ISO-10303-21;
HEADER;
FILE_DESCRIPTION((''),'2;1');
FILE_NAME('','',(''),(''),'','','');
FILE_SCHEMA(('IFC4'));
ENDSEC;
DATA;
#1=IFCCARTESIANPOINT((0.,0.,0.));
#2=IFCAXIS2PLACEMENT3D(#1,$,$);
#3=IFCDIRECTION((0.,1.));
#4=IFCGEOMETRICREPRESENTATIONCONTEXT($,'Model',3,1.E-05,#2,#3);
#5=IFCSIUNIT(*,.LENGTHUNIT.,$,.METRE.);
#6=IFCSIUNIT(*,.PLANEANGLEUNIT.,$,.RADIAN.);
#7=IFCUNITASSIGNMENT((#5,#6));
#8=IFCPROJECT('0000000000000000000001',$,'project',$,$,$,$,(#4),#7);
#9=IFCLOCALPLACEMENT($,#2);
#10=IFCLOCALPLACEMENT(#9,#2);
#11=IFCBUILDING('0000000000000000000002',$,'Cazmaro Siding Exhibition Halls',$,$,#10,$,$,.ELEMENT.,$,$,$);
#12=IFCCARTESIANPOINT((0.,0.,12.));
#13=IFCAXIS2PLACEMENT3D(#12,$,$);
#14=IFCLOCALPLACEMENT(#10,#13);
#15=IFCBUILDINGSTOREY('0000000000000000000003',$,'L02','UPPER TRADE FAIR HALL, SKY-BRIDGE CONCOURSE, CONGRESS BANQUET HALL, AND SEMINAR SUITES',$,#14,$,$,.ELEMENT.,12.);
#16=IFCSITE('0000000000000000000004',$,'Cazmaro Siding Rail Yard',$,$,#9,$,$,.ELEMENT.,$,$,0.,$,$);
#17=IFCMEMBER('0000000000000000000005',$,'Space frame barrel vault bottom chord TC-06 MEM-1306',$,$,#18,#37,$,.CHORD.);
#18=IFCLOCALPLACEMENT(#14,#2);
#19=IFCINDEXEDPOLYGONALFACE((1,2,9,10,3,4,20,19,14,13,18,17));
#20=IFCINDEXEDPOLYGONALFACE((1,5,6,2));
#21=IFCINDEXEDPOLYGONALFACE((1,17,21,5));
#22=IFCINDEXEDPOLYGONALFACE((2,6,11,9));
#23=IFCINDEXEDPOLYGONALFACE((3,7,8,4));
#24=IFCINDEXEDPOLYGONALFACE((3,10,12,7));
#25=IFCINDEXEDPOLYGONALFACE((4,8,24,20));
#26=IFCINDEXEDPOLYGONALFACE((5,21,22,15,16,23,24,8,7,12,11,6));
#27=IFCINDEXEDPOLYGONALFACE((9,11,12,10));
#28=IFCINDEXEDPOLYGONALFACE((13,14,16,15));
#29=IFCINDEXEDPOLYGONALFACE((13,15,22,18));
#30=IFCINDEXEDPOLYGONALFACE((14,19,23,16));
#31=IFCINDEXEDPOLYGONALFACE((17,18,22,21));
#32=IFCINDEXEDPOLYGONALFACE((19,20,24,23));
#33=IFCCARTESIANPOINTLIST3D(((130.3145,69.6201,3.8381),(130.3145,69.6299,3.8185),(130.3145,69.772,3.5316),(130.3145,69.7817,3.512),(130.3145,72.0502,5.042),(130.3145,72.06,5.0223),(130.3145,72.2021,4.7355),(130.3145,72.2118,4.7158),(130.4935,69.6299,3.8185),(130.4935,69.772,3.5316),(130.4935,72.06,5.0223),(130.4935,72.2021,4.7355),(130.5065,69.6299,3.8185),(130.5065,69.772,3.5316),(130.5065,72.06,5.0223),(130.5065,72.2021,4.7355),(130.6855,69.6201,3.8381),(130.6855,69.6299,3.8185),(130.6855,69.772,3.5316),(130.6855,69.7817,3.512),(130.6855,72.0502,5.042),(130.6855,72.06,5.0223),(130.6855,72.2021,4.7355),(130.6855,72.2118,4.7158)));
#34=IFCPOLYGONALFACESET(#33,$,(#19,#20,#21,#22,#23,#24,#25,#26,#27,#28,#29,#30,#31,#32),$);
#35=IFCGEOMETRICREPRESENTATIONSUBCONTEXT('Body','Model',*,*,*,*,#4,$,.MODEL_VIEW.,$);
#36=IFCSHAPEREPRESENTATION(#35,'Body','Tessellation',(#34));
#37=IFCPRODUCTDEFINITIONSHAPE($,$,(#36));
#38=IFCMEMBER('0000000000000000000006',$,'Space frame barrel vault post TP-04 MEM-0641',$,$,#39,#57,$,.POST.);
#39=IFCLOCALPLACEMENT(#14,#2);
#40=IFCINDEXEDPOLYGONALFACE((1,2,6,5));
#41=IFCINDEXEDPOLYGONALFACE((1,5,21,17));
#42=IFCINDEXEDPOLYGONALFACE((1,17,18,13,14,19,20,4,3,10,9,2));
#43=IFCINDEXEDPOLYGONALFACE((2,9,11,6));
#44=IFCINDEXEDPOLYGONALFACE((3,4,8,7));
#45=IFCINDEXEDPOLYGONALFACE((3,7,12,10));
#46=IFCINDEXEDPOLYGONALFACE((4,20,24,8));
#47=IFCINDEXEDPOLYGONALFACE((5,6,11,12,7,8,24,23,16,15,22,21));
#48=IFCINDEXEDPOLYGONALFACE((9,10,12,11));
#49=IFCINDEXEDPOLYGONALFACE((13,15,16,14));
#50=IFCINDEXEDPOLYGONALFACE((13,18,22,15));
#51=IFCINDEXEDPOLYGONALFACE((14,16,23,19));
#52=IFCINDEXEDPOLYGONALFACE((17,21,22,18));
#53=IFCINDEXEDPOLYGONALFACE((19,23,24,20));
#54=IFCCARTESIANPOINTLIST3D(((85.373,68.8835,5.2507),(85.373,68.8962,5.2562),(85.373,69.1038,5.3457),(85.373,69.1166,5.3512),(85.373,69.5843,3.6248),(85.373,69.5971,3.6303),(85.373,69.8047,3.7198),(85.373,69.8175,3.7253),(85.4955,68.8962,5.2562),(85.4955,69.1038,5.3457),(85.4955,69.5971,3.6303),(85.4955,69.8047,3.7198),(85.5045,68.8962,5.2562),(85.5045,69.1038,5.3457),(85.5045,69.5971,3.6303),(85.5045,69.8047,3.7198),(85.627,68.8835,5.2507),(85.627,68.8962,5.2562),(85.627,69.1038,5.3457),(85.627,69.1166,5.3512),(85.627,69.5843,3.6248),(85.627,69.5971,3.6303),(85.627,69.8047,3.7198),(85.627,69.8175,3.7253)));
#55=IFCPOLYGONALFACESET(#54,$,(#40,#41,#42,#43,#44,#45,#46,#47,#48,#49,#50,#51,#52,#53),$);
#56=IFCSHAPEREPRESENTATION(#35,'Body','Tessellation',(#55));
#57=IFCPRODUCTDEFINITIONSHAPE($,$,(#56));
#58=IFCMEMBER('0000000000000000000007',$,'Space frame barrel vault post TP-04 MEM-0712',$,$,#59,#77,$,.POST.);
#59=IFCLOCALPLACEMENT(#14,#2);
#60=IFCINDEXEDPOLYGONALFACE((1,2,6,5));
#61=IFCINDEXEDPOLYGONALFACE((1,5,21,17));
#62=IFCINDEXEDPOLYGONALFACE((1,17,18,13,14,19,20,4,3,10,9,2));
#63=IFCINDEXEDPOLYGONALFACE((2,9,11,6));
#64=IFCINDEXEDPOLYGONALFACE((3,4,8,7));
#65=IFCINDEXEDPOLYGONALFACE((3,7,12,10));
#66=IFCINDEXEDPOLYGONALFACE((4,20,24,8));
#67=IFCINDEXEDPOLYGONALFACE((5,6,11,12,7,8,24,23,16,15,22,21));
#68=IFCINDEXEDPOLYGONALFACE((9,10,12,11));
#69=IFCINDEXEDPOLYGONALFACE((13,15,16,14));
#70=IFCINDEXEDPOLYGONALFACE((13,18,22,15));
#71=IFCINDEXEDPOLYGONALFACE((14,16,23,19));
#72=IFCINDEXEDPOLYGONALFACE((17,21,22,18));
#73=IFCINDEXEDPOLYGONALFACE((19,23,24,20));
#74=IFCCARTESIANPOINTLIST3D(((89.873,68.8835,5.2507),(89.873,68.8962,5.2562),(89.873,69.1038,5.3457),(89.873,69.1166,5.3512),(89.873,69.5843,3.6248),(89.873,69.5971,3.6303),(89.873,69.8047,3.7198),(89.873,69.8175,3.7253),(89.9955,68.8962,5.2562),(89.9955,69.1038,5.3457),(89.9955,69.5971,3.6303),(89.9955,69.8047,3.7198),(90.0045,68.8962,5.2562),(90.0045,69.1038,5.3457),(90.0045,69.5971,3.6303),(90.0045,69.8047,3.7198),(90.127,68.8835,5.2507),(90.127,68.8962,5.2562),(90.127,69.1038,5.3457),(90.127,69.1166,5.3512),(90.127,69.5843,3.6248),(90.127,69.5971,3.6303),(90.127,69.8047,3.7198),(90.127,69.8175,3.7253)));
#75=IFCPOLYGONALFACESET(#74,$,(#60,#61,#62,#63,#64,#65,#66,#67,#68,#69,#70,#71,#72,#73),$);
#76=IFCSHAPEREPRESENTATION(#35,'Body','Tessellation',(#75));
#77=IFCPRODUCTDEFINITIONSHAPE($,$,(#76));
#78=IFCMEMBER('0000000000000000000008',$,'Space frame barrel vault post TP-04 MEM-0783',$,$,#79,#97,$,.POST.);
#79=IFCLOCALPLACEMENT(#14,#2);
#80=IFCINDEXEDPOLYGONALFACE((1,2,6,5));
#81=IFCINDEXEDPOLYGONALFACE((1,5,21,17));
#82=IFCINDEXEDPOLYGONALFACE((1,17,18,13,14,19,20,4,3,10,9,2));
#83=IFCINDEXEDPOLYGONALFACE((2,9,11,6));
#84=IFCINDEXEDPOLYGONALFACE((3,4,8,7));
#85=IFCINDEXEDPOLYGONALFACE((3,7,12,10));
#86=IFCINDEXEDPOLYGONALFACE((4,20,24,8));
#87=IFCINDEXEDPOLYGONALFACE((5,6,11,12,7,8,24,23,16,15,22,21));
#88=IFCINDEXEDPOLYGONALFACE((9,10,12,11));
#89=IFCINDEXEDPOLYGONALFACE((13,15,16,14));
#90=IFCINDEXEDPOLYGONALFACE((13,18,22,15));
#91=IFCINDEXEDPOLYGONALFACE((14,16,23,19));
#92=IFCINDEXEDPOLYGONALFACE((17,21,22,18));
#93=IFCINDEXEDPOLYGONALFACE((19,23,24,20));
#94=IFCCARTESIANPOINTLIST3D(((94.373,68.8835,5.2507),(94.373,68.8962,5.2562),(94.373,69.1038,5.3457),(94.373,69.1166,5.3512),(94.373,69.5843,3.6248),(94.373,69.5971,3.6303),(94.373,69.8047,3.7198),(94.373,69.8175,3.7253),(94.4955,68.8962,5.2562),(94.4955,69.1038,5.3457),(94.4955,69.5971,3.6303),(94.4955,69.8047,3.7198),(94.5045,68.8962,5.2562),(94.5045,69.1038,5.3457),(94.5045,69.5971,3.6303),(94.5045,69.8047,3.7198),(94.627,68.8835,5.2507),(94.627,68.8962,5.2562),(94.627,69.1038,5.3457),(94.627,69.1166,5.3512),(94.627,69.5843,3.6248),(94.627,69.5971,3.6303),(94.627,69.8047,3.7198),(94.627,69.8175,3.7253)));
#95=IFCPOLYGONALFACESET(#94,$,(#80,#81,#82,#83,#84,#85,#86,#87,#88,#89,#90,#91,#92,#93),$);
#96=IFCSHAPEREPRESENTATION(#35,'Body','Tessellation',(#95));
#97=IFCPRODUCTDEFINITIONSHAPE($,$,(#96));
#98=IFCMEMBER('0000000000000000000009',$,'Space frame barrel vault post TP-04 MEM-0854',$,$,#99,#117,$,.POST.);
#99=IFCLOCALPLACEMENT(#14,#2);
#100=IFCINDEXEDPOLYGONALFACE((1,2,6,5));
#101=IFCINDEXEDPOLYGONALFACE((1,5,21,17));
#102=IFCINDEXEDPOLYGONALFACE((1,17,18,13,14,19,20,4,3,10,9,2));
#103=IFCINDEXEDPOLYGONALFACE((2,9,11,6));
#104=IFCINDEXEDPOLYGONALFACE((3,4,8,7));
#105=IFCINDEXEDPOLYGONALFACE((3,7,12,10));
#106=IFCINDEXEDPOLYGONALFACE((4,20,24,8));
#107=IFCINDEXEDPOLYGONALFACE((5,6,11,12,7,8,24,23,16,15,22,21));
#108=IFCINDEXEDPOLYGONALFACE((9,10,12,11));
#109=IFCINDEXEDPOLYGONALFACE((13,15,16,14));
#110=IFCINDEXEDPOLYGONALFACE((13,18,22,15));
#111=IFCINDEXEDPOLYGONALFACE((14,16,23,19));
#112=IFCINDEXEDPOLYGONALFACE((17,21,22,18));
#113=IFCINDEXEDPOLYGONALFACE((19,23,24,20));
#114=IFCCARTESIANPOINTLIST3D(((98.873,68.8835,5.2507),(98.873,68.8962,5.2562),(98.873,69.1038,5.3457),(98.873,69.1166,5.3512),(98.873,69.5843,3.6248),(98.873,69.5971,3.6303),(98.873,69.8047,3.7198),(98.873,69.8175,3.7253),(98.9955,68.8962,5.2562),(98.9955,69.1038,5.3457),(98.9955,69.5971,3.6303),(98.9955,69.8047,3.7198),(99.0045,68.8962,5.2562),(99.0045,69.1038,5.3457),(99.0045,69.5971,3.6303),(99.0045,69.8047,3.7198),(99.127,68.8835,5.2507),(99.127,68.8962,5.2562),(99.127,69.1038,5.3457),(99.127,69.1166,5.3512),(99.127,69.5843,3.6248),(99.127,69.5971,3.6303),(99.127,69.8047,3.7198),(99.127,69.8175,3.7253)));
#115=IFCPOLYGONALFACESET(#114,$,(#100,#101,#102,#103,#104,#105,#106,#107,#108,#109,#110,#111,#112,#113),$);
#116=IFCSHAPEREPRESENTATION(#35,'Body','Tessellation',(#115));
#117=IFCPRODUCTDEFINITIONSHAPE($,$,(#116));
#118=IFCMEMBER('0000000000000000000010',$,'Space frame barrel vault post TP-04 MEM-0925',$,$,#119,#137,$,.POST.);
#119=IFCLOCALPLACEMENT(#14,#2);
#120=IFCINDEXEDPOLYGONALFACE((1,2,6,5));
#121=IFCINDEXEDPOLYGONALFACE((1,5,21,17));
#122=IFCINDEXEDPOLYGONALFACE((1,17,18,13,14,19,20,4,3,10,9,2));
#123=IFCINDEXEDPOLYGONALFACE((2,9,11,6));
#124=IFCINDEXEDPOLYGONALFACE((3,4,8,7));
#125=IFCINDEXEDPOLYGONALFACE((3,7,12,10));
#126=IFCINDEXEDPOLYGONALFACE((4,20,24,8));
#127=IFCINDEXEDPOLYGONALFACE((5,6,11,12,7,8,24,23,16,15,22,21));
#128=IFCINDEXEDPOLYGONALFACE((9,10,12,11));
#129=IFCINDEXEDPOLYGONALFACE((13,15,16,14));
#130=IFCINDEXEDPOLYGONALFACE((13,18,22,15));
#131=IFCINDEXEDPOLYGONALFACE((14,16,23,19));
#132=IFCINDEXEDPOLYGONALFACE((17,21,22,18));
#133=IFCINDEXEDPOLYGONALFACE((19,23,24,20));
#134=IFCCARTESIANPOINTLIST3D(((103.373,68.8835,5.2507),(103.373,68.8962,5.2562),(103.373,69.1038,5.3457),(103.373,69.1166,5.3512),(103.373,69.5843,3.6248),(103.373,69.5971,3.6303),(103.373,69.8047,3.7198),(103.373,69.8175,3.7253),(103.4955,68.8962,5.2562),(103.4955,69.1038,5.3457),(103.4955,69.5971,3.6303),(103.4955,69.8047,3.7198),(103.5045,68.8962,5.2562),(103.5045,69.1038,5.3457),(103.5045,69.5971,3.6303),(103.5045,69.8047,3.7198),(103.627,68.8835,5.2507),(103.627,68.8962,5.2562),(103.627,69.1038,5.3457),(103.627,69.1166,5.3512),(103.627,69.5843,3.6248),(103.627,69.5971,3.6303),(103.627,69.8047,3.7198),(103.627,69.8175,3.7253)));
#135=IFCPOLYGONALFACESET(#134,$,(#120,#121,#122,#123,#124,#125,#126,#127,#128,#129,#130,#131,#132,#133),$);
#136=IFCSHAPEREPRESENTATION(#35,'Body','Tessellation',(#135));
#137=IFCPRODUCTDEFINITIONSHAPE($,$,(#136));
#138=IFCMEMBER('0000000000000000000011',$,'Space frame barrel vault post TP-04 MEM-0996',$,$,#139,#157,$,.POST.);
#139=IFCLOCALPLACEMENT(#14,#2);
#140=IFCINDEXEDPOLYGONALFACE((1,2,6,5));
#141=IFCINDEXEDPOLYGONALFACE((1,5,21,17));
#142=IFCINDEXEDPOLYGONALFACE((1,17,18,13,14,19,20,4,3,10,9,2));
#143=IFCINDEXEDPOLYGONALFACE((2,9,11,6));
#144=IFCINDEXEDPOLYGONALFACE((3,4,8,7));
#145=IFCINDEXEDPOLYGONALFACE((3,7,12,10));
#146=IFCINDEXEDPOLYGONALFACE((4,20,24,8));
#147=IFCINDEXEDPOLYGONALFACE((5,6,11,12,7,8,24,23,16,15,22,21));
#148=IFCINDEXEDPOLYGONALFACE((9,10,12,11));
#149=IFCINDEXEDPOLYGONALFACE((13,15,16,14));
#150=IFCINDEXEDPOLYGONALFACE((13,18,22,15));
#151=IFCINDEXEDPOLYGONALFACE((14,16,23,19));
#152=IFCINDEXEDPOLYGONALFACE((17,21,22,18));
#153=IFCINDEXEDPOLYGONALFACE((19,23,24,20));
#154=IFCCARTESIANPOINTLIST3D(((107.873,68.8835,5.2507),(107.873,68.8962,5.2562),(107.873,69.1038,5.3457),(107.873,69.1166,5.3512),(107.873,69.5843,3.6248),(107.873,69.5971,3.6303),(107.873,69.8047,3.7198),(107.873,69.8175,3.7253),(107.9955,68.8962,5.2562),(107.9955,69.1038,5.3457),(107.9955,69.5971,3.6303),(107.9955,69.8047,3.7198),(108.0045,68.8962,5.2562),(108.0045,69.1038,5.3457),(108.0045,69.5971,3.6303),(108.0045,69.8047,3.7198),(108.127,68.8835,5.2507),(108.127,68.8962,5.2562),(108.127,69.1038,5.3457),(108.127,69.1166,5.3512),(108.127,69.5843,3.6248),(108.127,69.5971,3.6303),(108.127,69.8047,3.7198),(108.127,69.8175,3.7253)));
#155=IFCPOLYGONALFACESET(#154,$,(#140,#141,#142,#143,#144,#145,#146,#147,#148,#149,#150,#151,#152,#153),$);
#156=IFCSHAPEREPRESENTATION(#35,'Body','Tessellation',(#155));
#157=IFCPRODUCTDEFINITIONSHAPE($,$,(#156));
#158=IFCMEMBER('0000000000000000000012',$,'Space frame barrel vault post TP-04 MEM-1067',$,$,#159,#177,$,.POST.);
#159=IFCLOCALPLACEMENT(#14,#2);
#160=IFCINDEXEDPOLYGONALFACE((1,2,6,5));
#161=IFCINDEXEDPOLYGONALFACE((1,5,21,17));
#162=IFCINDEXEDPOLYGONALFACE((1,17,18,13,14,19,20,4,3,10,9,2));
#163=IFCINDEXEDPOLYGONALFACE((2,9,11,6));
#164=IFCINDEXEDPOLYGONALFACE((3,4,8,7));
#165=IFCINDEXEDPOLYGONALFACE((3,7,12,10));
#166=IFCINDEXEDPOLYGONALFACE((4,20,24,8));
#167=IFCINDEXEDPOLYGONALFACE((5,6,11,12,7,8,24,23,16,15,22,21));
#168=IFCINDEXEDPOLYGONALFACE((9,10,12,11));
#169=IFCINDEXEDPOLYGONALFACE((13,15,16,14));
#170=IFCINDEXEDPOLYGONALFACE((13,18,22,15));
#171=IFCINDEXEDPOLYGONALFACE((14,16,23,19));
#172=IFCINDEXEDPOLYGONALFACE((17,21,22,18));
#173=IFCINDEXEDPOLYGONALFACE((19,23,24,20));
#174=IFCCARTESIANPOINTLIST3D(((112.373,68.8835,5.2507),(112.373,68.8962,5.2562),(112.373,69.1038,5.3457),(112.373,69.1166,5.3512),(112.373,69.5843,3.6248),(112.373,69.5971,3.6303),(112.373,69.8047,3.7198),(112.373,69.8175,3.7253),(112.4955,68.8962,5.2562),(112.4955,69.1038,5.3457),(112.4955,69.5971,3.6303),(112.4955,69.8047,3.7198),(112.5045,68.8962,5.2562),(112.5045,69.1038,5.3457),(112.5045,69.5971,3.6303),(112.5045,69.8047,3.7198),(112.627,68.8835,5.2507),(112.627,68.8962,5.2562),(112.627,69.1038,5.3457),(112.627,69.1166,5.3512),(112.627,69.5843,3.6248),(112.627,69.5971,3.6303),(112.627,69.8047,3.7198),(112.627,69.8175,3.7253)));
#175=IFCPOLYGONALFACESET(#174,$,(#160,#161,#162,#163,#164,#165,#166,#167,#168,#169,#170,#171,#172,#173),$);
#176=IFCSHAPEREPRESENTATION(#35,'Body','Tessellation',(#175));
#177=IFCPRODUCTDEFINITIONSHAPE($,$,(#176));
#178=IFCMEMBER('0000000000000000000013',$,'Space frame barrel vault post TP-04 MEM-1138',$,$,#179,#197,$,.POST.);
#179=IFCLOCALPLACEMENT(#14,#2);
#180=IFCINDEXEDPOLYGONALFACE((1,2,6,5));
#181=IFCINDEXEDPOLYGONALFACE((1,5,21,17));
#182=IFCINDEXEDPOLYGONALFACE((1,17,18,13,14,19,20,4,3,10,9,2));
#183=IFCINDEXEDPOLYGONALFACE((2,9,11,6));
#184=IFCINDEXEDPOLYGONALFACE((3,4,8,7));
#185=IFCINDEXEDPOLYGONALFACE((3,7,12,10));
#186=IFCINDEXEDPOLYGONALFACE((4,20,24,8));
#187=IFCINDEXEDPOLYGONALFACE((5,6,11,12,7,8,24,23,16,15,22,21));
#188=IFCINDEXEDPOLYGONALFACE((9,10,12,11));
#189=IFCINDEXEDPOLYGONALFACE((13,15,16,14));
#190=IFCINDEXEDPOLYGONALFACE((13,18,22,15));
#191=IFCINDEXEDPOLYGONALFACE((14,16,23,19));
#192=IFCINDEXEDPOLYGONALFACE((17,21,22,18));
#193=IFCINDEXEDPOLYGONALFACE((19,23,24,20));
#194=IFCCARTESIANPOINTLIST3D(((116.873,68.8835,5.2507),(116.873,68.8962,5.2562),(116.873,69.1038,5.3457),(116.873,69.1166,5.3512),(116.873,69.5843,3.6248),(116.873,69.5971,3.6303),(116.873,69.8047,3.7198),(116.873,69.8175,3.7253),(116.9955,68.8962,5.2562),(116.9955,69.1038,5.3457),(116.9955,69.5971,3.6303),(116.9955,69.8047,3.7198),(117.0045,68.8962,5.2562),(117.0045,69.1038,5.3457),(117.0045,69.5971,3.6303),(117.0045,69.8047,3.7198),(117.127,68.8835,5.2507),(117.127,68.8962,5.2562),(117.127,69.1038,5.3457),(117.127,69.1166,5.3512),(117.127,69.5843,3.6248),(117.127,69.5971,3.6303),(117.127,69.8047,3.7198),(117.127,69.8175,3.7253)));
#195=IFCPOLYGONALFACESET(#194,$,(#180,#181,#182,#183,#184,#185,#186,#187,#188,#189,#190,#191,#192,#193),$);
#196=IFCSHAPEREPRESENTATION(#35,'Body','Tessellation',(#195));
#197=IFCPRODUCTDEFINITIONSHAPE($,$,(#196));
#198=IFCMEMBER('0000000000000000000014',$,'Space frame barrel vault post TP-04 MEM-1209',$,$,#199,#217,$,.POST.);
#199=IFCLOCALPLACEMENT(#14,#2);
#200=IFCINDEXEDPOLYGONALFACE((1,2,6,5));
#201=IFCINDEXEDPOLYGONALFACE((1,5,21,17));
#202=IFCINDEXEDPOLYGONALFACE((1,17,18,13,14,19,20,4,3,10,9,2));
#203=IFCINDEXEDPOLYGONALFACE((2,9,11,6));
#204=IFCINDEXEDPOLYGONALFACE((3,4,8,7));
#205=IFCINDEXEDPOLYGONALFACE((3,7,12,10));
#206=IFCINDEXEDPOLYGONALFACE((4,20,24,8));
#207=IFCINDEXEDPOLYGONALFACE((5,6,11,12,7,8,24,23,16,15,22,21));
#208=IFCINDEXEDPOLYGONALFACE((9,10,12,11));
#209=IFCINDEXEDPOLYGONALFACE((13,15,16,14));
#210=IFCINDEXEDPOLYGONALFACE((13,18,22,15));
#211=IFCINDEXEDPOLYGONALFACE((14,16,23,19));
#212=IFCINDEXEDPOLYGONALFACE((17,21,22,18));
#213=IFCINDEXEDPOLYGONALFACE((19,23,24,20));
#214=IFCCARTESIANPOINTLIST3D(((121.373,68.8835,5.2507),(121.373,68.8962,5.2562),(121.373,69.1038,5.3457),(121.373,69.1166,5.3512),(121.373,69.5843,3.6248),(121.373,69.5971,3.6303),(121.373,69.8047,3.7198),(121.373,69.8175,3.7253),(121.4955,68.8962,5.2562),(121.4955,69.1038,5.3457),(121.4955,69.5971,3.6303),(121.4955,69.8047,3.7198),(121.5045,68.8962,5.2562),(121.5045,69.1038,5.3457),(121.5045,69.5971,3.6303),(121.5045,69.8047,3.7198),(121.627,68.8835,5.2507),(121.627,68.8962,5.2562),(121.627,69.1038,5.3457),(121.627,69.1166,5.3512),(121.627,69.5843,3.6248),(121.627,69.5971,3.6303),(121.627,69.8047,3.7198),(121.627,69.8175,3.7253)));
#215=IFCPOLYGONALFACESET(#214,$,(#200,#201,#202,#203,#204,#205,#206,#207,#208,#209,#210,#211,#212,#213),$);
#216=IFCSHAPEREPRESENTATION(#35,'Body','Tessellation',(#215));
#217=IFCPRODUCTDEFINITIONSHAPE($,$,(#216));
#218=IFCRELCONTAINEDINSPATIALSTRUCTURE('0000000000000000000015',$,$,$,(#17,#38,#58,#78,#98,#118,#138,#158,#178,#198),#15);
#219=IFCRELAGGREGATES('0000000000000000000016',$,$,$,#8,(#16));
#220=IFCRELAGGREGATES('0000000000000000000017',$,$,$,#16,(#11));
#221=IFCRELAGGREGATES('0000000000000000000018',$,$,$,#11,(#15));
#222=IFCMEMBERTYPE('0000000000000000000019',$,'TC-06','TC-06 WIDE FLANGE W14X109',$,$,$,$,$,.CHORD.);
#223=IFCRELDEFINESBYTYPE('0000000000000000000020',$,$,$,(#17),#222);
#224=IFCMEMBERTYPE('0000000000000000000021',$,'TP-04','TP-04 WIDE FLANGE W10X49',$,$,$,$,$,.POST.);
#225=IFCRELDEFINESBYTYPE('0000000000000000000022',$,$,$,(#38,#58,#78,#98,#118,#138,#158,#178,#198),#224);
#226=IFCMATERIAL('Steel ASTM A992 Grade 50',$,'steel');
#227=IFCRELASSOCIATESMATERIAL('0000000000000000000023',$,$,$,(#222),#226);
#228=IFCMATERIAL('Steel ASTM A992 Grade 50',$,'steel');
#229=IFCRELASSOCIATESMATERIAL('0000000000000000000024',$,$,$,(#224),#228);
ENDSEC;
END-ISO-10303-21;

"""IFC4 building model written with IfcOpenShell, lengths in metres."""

from ifc_helpers import new_model, si_unit, direction, frame, origin, origin_2d, place, context, subcontext, project, spatial, i_section, extrude, material, material_profile, profile_set, type_object, element, save


model = new_model("IFC4")

# Units and contexts
model_context = context("Model", 3, precision=1e-05, world=origin(), true_north=direction((0.0, 1.0)))
body_context = subcontext(model_context, "Body", "Model", "MODEL_VIEW")
ifc_project = project(units=[si_unit("LENGTHUNIT", "METRE"), si_unit("PLANEANGLEUNIT", "RADIAN")], contexts=[model_context])

# Site, building, storey
site_placement = place(None, origin())
site = spatial("IfcSite", under=ifc_project, at=site_placement, Name="Cazmaro Siding Rail Yard", CompositionType="ELEMENT", RefElevation=0.0)
building_placement = place(site_placement, origin())
building = spatial("IfcBuilding", under=site, at=building_placement, Name="Cazmaro Siding Exhibition Halls", CompositionType="ELEMENT")
storey_placement = place(building_placement, frame((0.0, 0.0, 12.0)))
storey = spatial("IfcBuildingStorey", under=building, at=storey_placement, Name="L02", Description="UPPER TRADE FAIR HALL, SKY-BRIDGE CONCOURSE, CONGRESS BANQUET HALL, AND SEMINAR SUITES", CompositionType="ELEMENT", Elevation=12.0)

# Members
ifc_material_1 = material(Name="Steel ASTM A992 Grade 50", Category="steel")
ifc_material_profile_1 = material_profile(ifc_material_1, i_section(OverallWidth=0.3711, OverallDepth=0.364, WebThickness=0.0129, FlangeThickness=0.022, at=origin_2d()), Name="W14X109")
ifc_profile_set_1 = profile_set([ifc_material_profile_1], Name="Steel ASTM A992 Grade 50")
member_type_1 = type_object("IfcMemberType", Name="TC-06", Description="TC-06 WIDE FLANGE W14X109", PredefinedType="CHORD", material=ifc_profile_set_1)
for number, where, z_axis, x_axis, name in (
    (1, (130.5, 69.7009, 3.675), (0.0, 0.896077, 0.443898), (-1.0, 0.0, 0.0), "Space frame barrel vault bottom chord TC-06 MEM-1306"),
):
    element("IfcMember", number, at=place(storey_placement, frame(where, z_axis=z_axis, x_axis=x_axis)), inside=storey, type_object=member_type_1, Name=name, PredefinedType="CHORD", context=body_context, shape_type="SweptSolid", body=[
        extrude(i_section(OverallWidth=0.3711, OverallDepth=0.364, WebThickness=0.0129, FlangeThickness=0.022, at=origin_2d()), origin(), (0.0, 0.0, 1.0), 2.7119),
    ])
ifc_material_2 = material(Name="Steel ASTM A992 Grade 50", Category="steel")
ifc_material_profile_2 = material_profile(ifc_material_2, i_section(OverallWidth=0.2539, OverallDepth=0.2539, WebThickness=0.009, FlangeThickness=0.0139, at=origin_2d()), Name="W10X49")
ifc_profile_set_2 = profile_set([ifc_material_profile_2], Name="Steel ASTM A992 Grade 50")
member_type_2 = type_object("IfcMemberType", Name="TP-04", Description="TP-04 WIDE FLANGE W10X49", PredefinedType="POST", material=ifc_profile_set_2)
for number, where, z_axis, x_axis, name in (
    (2, (85.5, 69.7009, 3.675), (0.0, -0.395865, 0.918309), (1.0, 0.0, 0.0), "Space frame barrel vault post TP-04 MEM-0641"),
    (3, (90.0, 69.7009, 3.675), (0.0, -0.395865, 0.918309), (1.0, 0.0, 0.0), "Space frame barrel vault post TP-04 MEM-0712"),
    (4, (94.5, 69.7009, 3.675), (0.0, -0.395865, 0.918309), (1.0, 0.0, 0.0), "Space frame barrel vault post TP-04 MEM-0783"),
    (5, (99.0, 69.7009, 3.675), (0.0, -0.395865, 0.918309), (1.0, 0.0, 0.0), "Space frame barrel vault post TP-04 MEM-0854"),
    (6, (103.5, 69.7009, 3.675), (0.0, -0.395865, 0.918309), (1.0, 0.0, 0.0), "Space frame barrel vault post TP-04 MEM-0925"),
    (7, (108.0, 69.7009, 3.675), (0.0, -0.395865, 0.918309), (1.0, 0.0, 0.0), "Space frame barrel vault post TP-04 MEM-0996"),
    (8, (112.5, 69.7009, 3.675), (0.0, -0.395865, 0.918309), (1.0, 0.0, 0.0), "Space frame barrel vault post TP-04 MEM-1067"),
    (9, (117.0, 69.7009, 3.675), (0.0, -0.395865, 0.918309), (1.0, 0.0, 0.0), "Space frame barrel vault post TP-04 MEM-1138"),
    (10, (121.5, 69.7009, 3.675), (0.0, -0.395865, 0.918309), (1.0, 0.0, 0.0), "Space frame barrel vault post TP-04 MEM-1209"),
):
    element("IfcMember", number, at=place(storey_placement, frame(where, z_axis=z_axis, x_axis=x_axis)), inside=storey, type_object=member_type_2, Name=name, PredefinedType="POST", context=body_context, shape_type="SweptSolid", body=[
        extrude(i_section(OverallWidth=0.2539, OverallDepth=0.2539, WebThickness=0.009, FlangeThickness=0.0139, at=origin_2d()), origin(), (0.0, 0.0, 1.0), 1.7705),
    ])

save(model, "model.ifc")
